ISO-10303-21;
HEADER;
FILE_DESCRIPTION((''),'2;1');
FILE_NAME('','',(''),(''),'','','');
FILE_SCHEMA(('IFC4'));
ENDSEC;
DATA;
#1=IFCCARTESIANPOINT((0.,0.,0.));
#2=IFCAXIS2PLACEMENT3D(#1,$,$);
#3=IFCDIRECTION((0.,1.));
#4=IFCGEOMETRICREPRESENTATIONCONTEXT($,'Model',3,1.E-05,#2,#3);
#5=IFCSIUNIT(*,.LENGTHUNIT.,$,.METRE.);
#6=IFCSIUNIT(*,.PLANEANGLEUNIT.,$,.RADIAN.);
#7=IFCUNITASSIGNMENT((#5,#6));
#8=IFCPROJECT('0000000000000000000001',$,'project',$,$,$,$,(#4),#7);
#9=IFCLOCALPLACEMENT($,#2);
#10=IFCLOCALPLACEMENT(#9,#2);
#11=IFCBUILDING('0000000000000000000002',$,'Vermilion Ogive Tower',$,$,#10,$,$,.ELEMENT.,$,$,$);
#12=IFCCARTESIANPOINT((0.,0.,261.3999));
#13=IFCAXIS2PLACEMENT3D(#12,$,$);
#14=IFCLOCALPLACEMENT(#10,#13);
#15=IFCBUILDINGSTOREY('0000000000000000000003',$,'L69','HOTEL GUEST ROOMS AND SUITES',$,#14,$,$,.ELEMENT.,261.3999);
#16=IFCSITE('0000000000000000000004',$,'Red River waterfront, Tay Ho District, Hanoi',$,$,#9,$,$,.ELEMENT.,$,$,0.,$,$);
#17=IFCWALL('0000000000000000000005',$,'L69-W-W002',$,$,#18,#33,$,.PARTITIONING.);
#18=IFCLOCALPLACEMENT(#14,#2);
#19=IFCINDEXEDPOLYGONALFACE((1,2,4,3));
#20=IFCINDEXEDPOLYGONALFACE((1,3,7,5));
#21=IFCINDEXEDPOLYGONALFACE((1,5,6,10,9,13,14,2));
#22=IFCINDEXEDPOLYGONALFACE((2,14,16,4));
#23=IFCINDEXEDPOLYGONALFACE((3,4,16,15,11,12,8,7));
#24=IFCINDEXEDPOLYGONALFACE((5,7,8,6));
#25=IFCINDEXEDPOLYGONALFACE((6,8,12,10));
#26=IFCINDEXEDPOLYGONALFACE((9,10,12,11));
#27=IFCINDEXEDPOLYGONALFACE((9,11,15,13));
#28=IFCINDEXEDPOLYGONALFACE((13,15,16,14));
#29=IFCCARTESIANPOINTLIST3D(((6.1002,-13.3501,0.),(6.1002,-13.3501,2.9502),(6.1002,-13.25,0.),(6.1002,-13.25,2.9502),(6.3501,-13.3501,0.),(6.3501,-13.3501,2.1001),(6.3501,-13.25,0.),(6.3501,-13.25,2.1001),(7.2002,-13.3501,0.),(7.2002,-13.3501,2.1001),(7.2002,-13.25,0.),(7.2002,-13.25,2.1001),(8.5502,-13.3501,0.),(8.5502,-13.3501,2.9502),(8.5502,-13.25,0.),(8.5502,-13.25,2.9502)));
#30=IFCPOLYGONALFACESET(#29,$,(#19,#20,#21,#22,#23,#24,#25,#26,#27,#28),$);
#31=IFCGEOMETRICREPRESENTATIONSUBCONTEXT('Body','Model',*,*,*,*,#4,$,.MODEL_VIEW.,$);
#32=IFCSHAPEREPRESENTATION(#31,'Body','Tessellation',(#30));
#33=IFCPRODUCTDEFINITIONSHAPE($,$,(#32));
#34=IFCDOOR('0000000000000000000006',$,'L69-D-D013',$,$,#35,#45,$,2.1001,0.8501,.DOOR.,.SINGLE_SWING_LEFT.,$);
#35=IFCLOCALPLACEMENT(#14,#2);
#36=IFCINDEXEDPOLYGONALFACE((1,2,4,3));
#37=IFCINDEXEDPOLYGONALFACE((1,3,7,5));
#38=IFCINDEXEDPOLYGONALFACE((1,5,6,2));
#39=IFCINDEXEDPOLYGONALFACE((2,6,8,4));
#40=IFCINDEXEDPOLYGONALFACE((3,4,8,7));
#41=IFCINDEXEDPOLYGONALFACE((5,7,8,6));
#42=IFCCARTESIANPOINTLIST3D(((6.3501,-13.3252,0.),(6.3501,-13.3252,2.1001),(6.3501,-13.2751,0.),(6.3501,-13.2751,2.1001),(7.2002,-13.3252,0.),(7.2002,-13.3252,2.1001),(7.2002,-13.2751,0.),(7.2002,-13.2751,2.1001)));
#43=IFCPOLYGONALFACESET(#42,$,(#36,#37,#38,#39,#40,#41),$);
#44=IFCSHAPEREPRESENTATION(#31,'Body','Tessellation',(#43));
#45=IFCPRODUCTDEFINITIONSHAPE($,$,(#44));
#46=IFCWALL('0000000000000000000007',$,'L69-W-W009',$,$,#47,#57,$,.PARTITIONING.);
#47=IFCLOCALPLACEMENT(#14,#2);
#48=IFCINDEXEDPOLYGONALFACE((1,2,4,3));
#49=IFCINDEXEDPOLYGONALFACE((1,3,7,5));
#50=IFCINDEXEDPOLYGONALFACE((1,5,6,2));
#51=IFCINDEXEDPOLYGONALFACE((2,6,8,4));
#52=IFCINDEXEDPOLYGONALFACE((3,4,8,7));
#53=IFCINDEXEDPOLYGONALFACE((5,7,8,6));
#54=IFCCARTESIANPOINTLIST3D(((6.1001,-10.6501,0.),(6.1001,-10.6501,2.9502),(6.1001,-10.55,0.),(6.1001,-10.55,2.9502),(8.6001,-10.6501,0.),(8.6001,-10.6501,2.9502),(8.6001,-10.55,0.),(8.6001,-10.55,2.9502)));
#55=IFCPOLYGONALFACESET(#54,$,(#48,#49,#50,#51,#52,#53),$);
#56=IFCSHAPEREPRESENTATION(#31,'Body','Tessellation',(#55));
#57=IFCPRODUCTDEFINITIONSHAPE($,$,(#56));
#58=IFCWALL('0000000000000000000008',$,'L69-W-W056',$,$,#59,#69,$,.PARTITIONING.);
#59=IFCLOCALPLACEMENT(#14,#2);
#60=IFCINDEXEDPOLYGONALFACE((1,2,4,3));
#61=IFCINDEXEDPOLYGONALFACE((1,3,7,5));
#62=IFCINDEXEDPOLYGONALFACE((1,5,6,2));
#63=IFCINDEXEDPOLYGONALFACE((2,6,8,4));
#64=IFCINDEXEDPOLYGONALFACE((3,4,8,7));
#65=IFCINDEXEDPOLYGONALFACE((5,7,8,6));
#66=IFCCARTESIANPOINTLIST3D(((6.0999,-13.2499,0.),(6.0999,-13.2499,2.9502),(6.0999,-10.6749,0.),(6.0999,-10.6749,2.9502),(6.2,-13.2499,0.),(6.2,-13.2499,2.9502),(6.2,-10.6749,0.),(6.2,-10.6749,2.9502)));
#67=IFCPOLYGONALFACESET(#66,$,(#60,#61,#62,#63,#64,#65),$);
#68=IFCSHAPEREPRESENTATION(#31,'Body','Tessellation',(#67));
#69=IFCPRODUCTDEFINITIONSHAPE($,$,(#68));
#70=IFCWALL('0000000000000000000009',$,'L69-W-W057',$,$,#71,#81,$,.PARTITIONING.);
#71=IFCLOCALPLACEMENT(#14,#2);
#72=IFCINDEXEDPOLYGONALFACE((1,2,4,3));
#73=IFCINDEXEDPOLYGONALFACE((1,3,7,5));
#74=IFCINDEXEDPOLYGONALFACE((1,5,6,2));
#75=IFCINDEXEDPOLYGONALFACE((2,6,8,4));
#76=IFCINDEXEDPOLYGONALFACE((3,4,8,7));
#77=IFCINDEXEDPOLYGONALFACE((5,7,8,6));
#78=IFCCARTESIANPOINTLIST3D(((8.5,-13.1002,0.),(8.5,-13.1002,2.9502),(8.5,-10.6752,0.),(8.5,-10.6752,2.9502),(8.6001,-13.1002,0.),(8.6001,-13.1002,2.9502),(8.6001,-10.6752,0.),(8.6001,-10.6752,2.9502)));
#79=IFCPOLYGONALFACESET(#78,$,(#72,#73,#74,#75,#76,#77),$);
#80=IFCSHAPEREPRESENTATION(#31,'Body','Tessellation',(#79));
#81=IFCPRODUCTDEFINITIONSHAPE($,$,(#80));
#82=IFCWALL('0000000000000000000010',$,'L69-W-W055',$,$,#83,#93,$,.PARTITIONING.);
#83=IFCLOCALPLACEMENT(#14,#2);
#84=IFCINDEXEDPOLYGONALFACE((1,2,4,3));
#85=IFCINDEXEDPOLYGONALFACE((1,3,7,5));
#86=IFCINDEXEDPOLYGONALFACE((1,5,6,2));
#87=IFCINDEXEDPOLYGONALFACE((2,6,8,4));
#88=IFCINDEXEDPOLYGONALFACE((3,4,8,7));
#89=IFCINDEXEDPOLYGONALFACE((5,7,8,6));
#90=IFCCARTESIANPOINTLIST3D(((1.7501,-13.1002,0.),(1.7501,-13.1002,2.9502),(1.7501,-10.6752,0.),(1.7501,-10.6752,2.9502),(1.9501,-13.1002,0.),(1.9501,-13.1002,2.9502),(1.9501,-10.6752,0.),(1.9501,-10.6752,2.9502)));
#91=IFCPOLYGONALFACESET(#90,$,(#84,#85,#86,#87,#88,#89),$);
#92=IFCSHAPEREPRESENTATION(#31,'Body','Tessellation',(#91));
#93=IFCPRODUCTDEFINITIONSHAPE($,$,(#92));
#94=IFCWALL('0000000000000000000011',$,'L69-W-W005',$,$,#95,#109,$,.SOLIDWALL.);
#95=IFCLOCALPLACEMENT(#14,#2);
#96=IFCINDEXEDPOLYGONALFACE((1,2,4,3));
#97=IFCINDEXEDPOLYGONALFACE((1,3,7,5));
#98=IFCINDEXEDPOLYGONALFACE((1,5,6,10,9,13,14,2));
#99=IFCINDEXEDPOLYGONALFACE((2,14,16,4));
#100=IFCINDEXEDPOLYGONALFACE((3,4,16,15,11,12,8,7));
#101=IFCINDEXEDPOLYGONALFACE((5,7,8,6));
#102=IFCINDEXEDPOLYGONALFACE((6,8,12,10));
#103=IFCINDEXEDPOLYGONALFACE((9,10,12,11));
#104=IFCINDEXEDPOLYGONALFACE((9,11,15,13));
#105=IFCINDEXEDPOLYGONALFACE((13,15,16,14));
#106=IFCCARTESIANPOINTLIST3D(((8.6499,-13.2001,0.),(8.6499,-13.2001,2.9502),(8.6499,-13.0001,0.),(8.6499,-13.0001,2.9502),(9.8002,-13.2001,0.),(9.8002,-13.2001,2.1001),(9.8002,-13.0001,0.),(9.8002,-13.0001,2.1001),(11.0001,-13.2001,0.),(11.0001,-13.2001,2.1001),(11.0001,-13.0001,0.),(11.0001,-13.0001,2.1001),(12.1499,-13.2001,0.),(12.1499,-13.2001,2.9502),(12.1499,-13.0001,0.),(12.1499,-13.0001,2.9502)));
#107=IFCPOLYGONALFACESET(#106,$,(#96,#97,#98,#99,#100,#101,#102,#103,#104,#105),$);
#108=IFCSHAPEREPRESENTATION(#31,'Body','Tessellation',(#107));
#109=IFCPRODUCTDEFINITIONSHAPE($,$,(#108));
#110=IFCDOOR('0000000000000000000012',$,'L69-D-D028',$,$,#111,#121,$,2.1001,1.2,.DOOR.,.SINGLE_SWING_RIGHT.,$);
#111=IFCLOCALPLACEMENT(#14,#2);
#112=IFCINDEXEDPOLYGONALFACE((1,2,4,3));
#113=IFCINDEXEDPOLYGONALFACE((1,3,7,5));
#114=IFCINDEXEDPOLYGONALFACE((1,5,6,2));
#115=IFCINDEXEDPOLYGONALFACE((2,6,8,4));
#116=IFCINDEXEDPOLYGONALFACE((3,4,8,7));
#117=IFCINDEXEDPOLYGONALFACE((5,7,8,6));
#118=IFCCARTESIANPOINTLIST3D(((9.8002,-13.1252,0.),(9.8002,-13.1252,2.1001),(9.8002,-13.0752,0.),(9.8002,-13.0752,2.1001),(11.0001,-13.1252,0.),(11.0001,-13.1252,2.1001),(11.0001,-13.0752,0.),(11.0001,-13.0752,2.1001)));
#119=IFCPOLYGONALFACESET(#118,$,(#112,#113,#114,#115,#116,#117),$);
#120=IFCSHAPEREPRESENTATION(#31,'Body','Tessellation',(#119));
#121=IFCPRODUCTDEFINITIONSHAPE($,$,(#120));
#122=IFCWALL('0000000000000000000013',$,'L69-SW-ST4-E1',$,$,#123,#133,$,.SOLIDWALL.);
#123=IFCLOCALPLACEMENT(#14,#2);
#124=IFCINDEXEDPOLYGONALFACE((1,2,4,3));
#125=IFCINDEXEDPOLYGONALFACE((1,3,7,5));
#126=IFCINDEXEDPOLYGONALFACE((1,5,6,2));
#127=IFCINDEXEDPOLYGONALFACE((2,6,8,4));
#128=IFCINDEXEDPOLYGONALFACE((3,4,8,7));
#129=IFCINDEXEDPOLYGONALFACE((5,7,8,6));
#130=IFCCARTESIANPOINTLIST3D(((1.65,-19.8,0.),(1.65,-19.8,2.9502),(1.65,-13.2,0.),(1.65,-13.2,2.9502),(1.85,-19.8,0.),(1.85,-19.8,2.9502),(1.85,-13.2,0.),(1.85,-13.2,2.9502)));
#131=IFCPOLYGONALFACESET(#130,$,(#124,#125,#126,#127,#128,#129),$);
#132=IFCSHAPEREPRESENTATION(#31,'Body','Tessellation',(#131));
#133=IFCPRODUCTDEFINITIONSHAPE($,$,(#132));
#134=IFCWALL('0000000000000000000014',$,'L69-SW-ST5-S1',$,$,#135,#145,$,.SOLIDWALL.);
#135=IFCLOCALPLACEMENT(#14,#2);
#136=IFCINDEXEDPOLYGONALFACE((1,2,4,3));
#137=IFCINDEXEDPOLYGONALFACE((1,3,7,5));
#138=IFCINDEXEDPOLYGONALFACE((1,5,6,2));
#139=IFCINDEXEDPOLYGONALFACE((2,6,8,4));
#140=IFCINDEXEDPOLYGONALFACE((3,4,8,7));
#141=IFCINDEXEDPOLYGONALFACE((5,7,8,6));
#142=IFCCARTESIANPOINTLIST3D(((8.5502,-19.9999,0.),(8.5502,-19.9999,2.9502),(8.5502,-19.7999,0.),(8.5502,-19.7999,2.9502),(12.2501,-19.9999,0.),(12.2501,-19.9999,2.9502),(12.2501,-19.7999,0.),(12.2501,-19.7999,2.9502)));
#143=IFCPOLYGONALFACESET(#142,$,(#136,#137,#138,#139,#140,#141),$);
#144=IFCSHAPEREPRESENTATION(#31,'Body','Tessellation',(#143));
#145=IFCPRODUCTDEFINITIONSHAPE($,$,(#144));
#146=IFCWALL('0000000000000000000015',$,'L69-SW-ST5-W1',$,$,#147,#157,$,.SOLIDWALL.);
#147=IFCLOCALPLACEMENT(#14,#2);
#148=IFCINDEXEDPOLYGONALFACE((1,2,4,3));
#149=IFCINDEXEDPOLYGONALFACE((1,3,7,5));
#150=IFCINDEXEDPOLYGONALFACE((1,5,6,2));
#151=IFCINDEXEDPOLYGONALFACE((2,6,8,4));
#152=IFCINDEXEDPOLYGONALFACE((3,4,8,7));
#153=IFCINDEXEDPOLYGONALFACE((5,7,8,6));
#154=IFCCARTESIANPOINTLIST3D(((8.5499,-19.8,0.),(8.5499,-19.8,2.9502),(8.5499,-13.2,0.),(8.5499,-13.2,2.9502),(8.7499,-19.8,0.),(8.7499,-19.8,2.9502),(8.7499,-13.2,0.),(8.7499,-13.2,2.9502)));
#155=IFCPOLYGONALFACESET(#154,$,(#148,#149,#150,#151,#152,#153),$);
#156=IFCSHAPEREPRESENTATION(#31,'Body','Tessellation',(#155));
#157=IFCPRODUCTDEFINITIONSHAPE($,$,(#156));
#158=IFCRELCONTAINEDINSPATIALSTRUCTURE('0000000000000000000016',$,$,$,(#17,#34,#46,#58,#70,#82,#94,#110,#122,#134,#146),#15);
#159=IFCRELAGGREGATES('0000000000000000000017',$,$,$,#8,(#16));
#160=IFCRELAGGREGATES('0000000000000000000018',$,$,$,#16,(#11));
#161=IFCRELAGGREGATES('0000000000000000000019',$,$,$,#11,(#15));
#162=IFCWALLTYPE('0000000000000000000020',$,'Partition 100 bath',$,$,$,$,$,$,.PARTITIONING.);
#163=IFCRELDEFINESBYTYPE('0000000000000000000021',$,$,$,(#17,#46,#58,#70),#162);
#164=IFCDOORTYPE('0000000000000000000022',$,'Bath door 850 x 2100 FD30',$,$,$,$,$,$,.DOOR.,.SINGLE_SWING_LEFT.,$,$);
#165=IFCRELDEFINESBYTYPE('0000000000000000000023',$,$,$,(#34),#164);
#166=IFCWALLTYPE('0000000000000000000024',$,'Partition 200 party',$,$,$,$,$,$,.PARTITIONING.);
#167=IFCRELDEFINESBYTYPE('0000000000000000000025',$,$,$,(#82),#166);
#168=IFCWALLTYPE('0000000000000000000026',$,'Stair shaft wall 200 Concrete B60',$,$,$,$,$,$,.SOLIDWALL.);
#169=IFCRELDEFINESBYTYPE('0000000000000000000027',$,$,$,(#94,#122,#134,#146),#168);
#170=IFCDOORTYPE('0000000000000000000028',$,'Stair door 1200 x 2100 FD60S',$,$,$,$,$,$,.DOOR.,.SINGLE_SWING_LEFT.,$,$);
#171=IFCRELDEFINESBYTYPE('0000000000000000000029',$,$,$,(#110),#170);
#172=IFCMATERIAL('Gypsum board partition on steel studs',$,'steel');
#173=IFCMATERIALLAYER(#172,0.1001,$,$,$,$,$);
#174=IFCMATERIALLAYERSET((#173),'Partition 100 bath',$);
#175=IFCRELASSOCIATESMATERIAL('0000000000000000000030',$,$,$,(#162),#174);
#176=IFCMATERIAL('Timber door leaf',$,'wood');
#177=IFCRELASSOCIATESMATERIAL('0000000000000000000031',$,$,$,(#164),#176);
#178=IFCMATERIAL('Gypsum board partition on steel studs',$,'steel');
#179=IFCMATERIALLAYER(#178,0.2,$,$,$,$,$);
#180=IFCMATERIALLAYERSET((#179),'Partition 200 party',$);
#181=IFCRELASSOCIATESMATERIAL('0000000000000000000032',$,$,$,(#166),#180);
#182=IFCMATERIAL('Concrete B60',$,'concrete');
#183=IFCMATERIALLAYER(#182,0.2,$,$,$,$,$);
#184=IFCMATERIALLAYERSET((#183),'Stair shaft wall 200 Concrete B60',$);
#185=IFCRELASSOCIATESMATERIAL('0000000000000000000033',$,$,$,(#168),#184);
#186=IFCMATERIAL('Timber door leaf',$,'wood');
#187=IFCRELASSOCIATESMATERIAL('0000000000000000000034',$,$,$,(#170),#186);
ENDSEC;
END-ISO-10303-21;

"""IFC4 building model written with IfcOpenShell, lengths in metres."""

from ifc_helpers import new_model, si_unit, direction, frame, frame_2d, origin, place, context, subcontext, project, spatial, rectangle, extrude, material, layer, layer_set, type_object, element, fill, save


model = new_model("IFC4")

# Units and contexts
model_context = context("Model", 3, precision=1e-05, world=origin(), true_north=direction((0.0, 1.0)))
body_context = subcontext(model_context, "Body", "Model", "MODEL_VIEW")
ifc_project = project(units=[si_unit("LENGTHUNIT", "METRE"), si_unit("PLANEANGLEUNIT", "RADIAN")], contexts=[model_context])

# Site, building, storey
site_placement = place(None, origin())
site = spatial("IfcSite", under=ifc_project, at=site_placement, Name="Red River waterfront, Tay Ho District, Hanoi", CompositionType="ELEMENT", RefElevation=0.0)
building_placement = place(site_placement, origin())
building = spatial("IfcBuilding", under=site, at=building_placement, Name="Vermilion Ogive Tower", CompositionType="ELEMENT")
storey_placement = place(building_placement, frame((0.0, 0.0, 261.3999)))
storey = spatial("IfcBuildingStorey", under=building, at=storey_placement, Name="L69", Description="HOTEL GUEST ROOMS AND SUITES", CompositionType="ELEMENT", Elevation=261.3999)

# Wall, opening, door
ifc_material_1 = material(Name="Gypsum board partition on steel studs", Category="steel")
ifc_layer_1 = layer(ifc_material_1, 0.1001)
ifc_layer_set_1 = layer_set([ifc_layer_1], Name="Partition 100 bath")
wall_type_1 = type_object("IfcWallType", Name="Partition 100 bath", PredefinedType="PARTITIONING", material=ifc_layer_set_1)
wall_1_placement = place(storey_placement, frame((6.1001, -13.3, 0.0), z_axis=(0.0, 0.0, 1.0), x_axis=(1.0, 0.0, 0.0)))
wall_1 = element("IfcWall", 1, at=wall_1_placement, inside=storey, type_object=wall_type_1, Name="L69-W-W002", PredefinedType="PARTITIONING", context=body_context, shape_type="SweptSolid", body=[
    extrude(rectangle(XDim=2.45, YDim=0.1001, at=frame_2d((1.2251, 0.0))), origin(), (0.0, 0.0, 1.0), 2.9502),
])
opening_1_placement = place(wall_1_placement, frame((0.25, 0.0, 0.0)))
opening_1 = element("IfcOpeningElement", 2, at=opening_1_placement, cuts=wall_1, PredefinedType="OPENING", context=body_context, shape_type="SweptSolid", body=[
    extrude(rectangle(XDim=0.8501, YDim=2.1001, at=frame_2d((0.425, 1.05))), frame((0.0, 0.0601, 0.0), z_axis=(0.0, -1.0, 0.0), x_axis=(1.0, 0.0, 0.0)), (0.0, 0.0, 1.0), 0.1201),
])
ifc_material_2 = material(Name="Timber door leaf", Category="wood")
door_type_1 = type_object("IfcDoorType", Name="Bath door 850 x 2100 FD30", OperationType="SINGLE_SWING_LEFT", PredefinedType="DOOR", material=ifc_material_2)
door_1_placement = place(opening_1_placement, origin())
door_1 = element("IfcDoor", 3, at=door_1_placement, inside=storey, type_object=door_type_1, Name="L69-D-D013", OperationType="SINGLE_SWING_LEFT", OverallHeight=2.1001, OverallWidth=0.8501, PredefinedType="DOOR", context=body_context, shape_type="SweptSolid", body=[
    extrude(rectangle(XDim=0.8501, YDim=2.1001, at=frame_2d((0.425, 1.05))), frame((0.0, 0.0249, 0.0), z_axis=(0.0, -1.0, 0.0), x_axis=(1.0, 0.0, 0.0)), (0.0, 0.0, 1.0), 0.05),
])
fill(opening_1, door_1)

# Walls
wall_2_placement = place(storey_placement, frame((6.1001, -10.6001, 0.0), z_axis=(0.0, 0.0, 1.0), x_axis=(1.0, 0.0, 0.0)))
element("IfcWall", 4, at=wall_2_placement, inside=storey, type_object=wall_type_1, Name="L69-W-W009", PredefinedType="PARTITIONING", context=body_context, shape_type="SweptSolid", body=[
    extrude(rectangle(XDim=2.5, YDim=0.1001, at=frame_2d((1.25, 0.0))), origin(), (0.0, 0.0, 1.0), 2.9502),
])
wall_3_placement = place(storey_placement, frame((6.1499, -13.25, 0.0), z_axis=(0.0, 0.0, 1.0), x_axis=(0.0, 1.0, 0.0)))
element("IfcWall", 5, at=wall_3_placement, inside=storey, type_object=wall_type_1, Name="L69-W-W056", PredefinedType="PARTITIONING", context=body_context, shape_type="SweptSolid", body=[
    extrude(rectangle(XDim=2.575, YDim=0.1001, at=frame_2d((1.2876, 0.0))), origin(), (0.0, 0.0, 1.0), 2.9502),
])
wall_4_placement = place(storey_placement, frame((8.55, -13.1001, 0.0), z_axis=(0.0, 0.0, 1.0), x_axis=(0.0, 1.0, 0.0)))
element("IfcWall", 6, at=wall_4_placement, inside=storey, type_object=wall_type_1, Name="L69-W-W057", PredefinedType="PARTITIONING", context=body_context, shape_type="SweptSolid", body=[
    extrude(rectangle(XDim=2.425, YDim=0.1001, at=frame_2d((1.2124, 0.0))), origin(), (0.0, 0.0, 1.0), 2.9502),
])
ifc_material_3 = material(Name="Gypsum board partition on steel studs", Category="steel")
ifc_layer_2 = layer(ifc_material_3, 0.2)
ifc_layer_set_2 = layer_set([ifc_layer_2], Name="Partition 200 party")
wall_type_2 = type_object("IfcWallType", Name="Partition 200 party", PredefinedType="PARTITIONING", material=ifc_layer_set_2)
wall_5_placement = place(storey_placement, frame((1.8501, -13.1001, 0.0), z_axis=(0.0, 0.0, 1.0), x_axis=(0.0, 1.0, 0.0)))
element("IfcWall", 7, at=wall_5_placement, inside=storey, type_object=wall_type_2, Name="L69-W-W055", PredefinedType="PARTITIONING", context=body_context, shape_type="SweptSolid", body=[
    extrude(rectangle(XDim=2.425, YDim=0.2, at=frame_2d((1.2124, 0.0))), origin(), (0.0, 0.0, 1.0), 2.9502),
])

# Wall, opening, door
ifc_material_4 = material(Name="Concrete B60", Category="concrete")
ifc_layer_3 = layer(ifc_material_4, 0.2)
ifc_layer_set_3 = layer_set([ifc_layer_3], Name="Stair shaft wall 200 Concrete B60")
wall_type_3 = type_object("IfcWallType", Name="Stair shaft wall 200 Concrete B60", PredefinedType="SOLIDWALL", material=ifc_layer_set_3)
wall_6_placement = place(storey_placement, frame((8.6499, -13.1001, 0.0), z_axis=(0.0, 0.0, 1.0), x_axis=(1.0, 0.0, 0.0)))
wall_6 = element("IfcWall", 8, at=wall_6_placement, inside=storey, type_object=wall_type_3, Name="L69-W-W005", PredefinedType="SOLIDWALL", context=body_context, shape_type="SweptSolid", body=[
    extrude(rectangle(XDim=3.5, YDim=0.2, at=frame_2d((1.75, 0.0))), origin(), (0.0, 0.0, 1.0), 2.9502),
])
opening_2_placement = place(wall_6_placement, frame((1.1501, 0.0, 0.0)))
opening_2 = element("IfcOpeningElement", 9, at=opening_2_placement, cuts=wall_6, PredefinedType="OPENING", context=body_context, shape_type="SweptSolid", body=[
    extrude(rectangle(XDim=1.2, YDim=2.1001, at=frame_2d((0.6001, 1.05))), frame((0.0, 0.1099, 0.0), z_axis=(0.0, -1.0, 0.0), x_axis=(1.0, 0.0, 0.0)), (0.0, 0.0, 1.0), 0.22),
])
ifc_material_5 = material(Name="Timber door leaf", Category="wood")
door_type_2 = type_object("IfcDoorType", Name="Stair door 1200 x 2100 FD60S", OperationType="SINGLE_SWING_LEFT", PredefinedType="DOOR", material=ifc_material_5)
door_2_placement = place(opening_2_placement, origin())
door_2 = element("IfcDoor", 10, at=door_2_placement, inside=storey, type_object=door_type_2, Name="L69-D-D028", OperationType="SINGLE_SWING_RIGHT", OverallHeight=2.1001, OverallWidth=1.2, PredefinedType="DOOR", context=body_context, shape_type="SweptSolid", body=[
    extrude(rectangle(XDim=1.2, YDim=2.1001, at=frame_2d((0.6001, 1.05))), frame((0.0, 0.0249, 0.0), z_axis=(0.0, -1.0, 0.0), x_axis=(1.0, 0.0, 0.0)), (0.0, 0.0, 1.0), 0.05),
])
fill(opening_2, door_2)

# Walls
wall_7_placement = place(storey_placement, frame((1.75, -19.8, 0.0), z_axis=(0.0, 0.0, 1.0), x_axis=(0.0, 1.0, 0.0)))
element("IfcWall", 11, at=wall_7_placement, inside=storey, type_object=wall_type_3, Name="L69-SW-ST4-E1", PredefinedType="SOLIDWALL", context=body_context, shape_type="SweptSolid", body=[
    extrude(rectangle(XDim=6.6001, YDim=0.2, at=frame_2d((3.3, 0.0))), origin(), (0.0, 0.0, 1.0), 2.9502),
])
wall_8_placement = place(storey_placement, frame((8.55, -19.8999, 0.0), z_axis=(0.0, 0.0, 1.0), x_axis=(1.0, 0.0, 0.0)))
element("IfcWall", 12, at=wall_8_placement, inside=storey, type_object=wall_type_3, Name="L69-SW-ST5-S1", PredefinedType="SOLIDWALL", context=body_context, shape_type="SweptSolid", body=[
    extrude(rectangle(XDim=3.7, YDim=0.2, at=frame_2d((1.8501, 0.0))), origin(), (0.0, 0.0, 1.0), 2.9502),
])
wall_9_placement = place(storey_placement, frame((8.6499, -19.8, 0.0), z_axis=(0.0, 0.0, 1.0), x_axis=(0.0, 1.0, 0.0)))
element("IfcWall", 13, at=wall_9_placement, inside=storey, type_object=wall_type_3, Name="L69-SW-ST5-W1", PredefinedType="SOLIDWALL", context=body_context, shape_type="SweptSolid", body=[
    extrude(rectangle(XDim=6.6001, YDim=0.2, at=frame_2d((3.3, 0.0))), origin(), (0.0, 0.0, 1.0), 2.9502),
])

save(model, "model.ifc")
